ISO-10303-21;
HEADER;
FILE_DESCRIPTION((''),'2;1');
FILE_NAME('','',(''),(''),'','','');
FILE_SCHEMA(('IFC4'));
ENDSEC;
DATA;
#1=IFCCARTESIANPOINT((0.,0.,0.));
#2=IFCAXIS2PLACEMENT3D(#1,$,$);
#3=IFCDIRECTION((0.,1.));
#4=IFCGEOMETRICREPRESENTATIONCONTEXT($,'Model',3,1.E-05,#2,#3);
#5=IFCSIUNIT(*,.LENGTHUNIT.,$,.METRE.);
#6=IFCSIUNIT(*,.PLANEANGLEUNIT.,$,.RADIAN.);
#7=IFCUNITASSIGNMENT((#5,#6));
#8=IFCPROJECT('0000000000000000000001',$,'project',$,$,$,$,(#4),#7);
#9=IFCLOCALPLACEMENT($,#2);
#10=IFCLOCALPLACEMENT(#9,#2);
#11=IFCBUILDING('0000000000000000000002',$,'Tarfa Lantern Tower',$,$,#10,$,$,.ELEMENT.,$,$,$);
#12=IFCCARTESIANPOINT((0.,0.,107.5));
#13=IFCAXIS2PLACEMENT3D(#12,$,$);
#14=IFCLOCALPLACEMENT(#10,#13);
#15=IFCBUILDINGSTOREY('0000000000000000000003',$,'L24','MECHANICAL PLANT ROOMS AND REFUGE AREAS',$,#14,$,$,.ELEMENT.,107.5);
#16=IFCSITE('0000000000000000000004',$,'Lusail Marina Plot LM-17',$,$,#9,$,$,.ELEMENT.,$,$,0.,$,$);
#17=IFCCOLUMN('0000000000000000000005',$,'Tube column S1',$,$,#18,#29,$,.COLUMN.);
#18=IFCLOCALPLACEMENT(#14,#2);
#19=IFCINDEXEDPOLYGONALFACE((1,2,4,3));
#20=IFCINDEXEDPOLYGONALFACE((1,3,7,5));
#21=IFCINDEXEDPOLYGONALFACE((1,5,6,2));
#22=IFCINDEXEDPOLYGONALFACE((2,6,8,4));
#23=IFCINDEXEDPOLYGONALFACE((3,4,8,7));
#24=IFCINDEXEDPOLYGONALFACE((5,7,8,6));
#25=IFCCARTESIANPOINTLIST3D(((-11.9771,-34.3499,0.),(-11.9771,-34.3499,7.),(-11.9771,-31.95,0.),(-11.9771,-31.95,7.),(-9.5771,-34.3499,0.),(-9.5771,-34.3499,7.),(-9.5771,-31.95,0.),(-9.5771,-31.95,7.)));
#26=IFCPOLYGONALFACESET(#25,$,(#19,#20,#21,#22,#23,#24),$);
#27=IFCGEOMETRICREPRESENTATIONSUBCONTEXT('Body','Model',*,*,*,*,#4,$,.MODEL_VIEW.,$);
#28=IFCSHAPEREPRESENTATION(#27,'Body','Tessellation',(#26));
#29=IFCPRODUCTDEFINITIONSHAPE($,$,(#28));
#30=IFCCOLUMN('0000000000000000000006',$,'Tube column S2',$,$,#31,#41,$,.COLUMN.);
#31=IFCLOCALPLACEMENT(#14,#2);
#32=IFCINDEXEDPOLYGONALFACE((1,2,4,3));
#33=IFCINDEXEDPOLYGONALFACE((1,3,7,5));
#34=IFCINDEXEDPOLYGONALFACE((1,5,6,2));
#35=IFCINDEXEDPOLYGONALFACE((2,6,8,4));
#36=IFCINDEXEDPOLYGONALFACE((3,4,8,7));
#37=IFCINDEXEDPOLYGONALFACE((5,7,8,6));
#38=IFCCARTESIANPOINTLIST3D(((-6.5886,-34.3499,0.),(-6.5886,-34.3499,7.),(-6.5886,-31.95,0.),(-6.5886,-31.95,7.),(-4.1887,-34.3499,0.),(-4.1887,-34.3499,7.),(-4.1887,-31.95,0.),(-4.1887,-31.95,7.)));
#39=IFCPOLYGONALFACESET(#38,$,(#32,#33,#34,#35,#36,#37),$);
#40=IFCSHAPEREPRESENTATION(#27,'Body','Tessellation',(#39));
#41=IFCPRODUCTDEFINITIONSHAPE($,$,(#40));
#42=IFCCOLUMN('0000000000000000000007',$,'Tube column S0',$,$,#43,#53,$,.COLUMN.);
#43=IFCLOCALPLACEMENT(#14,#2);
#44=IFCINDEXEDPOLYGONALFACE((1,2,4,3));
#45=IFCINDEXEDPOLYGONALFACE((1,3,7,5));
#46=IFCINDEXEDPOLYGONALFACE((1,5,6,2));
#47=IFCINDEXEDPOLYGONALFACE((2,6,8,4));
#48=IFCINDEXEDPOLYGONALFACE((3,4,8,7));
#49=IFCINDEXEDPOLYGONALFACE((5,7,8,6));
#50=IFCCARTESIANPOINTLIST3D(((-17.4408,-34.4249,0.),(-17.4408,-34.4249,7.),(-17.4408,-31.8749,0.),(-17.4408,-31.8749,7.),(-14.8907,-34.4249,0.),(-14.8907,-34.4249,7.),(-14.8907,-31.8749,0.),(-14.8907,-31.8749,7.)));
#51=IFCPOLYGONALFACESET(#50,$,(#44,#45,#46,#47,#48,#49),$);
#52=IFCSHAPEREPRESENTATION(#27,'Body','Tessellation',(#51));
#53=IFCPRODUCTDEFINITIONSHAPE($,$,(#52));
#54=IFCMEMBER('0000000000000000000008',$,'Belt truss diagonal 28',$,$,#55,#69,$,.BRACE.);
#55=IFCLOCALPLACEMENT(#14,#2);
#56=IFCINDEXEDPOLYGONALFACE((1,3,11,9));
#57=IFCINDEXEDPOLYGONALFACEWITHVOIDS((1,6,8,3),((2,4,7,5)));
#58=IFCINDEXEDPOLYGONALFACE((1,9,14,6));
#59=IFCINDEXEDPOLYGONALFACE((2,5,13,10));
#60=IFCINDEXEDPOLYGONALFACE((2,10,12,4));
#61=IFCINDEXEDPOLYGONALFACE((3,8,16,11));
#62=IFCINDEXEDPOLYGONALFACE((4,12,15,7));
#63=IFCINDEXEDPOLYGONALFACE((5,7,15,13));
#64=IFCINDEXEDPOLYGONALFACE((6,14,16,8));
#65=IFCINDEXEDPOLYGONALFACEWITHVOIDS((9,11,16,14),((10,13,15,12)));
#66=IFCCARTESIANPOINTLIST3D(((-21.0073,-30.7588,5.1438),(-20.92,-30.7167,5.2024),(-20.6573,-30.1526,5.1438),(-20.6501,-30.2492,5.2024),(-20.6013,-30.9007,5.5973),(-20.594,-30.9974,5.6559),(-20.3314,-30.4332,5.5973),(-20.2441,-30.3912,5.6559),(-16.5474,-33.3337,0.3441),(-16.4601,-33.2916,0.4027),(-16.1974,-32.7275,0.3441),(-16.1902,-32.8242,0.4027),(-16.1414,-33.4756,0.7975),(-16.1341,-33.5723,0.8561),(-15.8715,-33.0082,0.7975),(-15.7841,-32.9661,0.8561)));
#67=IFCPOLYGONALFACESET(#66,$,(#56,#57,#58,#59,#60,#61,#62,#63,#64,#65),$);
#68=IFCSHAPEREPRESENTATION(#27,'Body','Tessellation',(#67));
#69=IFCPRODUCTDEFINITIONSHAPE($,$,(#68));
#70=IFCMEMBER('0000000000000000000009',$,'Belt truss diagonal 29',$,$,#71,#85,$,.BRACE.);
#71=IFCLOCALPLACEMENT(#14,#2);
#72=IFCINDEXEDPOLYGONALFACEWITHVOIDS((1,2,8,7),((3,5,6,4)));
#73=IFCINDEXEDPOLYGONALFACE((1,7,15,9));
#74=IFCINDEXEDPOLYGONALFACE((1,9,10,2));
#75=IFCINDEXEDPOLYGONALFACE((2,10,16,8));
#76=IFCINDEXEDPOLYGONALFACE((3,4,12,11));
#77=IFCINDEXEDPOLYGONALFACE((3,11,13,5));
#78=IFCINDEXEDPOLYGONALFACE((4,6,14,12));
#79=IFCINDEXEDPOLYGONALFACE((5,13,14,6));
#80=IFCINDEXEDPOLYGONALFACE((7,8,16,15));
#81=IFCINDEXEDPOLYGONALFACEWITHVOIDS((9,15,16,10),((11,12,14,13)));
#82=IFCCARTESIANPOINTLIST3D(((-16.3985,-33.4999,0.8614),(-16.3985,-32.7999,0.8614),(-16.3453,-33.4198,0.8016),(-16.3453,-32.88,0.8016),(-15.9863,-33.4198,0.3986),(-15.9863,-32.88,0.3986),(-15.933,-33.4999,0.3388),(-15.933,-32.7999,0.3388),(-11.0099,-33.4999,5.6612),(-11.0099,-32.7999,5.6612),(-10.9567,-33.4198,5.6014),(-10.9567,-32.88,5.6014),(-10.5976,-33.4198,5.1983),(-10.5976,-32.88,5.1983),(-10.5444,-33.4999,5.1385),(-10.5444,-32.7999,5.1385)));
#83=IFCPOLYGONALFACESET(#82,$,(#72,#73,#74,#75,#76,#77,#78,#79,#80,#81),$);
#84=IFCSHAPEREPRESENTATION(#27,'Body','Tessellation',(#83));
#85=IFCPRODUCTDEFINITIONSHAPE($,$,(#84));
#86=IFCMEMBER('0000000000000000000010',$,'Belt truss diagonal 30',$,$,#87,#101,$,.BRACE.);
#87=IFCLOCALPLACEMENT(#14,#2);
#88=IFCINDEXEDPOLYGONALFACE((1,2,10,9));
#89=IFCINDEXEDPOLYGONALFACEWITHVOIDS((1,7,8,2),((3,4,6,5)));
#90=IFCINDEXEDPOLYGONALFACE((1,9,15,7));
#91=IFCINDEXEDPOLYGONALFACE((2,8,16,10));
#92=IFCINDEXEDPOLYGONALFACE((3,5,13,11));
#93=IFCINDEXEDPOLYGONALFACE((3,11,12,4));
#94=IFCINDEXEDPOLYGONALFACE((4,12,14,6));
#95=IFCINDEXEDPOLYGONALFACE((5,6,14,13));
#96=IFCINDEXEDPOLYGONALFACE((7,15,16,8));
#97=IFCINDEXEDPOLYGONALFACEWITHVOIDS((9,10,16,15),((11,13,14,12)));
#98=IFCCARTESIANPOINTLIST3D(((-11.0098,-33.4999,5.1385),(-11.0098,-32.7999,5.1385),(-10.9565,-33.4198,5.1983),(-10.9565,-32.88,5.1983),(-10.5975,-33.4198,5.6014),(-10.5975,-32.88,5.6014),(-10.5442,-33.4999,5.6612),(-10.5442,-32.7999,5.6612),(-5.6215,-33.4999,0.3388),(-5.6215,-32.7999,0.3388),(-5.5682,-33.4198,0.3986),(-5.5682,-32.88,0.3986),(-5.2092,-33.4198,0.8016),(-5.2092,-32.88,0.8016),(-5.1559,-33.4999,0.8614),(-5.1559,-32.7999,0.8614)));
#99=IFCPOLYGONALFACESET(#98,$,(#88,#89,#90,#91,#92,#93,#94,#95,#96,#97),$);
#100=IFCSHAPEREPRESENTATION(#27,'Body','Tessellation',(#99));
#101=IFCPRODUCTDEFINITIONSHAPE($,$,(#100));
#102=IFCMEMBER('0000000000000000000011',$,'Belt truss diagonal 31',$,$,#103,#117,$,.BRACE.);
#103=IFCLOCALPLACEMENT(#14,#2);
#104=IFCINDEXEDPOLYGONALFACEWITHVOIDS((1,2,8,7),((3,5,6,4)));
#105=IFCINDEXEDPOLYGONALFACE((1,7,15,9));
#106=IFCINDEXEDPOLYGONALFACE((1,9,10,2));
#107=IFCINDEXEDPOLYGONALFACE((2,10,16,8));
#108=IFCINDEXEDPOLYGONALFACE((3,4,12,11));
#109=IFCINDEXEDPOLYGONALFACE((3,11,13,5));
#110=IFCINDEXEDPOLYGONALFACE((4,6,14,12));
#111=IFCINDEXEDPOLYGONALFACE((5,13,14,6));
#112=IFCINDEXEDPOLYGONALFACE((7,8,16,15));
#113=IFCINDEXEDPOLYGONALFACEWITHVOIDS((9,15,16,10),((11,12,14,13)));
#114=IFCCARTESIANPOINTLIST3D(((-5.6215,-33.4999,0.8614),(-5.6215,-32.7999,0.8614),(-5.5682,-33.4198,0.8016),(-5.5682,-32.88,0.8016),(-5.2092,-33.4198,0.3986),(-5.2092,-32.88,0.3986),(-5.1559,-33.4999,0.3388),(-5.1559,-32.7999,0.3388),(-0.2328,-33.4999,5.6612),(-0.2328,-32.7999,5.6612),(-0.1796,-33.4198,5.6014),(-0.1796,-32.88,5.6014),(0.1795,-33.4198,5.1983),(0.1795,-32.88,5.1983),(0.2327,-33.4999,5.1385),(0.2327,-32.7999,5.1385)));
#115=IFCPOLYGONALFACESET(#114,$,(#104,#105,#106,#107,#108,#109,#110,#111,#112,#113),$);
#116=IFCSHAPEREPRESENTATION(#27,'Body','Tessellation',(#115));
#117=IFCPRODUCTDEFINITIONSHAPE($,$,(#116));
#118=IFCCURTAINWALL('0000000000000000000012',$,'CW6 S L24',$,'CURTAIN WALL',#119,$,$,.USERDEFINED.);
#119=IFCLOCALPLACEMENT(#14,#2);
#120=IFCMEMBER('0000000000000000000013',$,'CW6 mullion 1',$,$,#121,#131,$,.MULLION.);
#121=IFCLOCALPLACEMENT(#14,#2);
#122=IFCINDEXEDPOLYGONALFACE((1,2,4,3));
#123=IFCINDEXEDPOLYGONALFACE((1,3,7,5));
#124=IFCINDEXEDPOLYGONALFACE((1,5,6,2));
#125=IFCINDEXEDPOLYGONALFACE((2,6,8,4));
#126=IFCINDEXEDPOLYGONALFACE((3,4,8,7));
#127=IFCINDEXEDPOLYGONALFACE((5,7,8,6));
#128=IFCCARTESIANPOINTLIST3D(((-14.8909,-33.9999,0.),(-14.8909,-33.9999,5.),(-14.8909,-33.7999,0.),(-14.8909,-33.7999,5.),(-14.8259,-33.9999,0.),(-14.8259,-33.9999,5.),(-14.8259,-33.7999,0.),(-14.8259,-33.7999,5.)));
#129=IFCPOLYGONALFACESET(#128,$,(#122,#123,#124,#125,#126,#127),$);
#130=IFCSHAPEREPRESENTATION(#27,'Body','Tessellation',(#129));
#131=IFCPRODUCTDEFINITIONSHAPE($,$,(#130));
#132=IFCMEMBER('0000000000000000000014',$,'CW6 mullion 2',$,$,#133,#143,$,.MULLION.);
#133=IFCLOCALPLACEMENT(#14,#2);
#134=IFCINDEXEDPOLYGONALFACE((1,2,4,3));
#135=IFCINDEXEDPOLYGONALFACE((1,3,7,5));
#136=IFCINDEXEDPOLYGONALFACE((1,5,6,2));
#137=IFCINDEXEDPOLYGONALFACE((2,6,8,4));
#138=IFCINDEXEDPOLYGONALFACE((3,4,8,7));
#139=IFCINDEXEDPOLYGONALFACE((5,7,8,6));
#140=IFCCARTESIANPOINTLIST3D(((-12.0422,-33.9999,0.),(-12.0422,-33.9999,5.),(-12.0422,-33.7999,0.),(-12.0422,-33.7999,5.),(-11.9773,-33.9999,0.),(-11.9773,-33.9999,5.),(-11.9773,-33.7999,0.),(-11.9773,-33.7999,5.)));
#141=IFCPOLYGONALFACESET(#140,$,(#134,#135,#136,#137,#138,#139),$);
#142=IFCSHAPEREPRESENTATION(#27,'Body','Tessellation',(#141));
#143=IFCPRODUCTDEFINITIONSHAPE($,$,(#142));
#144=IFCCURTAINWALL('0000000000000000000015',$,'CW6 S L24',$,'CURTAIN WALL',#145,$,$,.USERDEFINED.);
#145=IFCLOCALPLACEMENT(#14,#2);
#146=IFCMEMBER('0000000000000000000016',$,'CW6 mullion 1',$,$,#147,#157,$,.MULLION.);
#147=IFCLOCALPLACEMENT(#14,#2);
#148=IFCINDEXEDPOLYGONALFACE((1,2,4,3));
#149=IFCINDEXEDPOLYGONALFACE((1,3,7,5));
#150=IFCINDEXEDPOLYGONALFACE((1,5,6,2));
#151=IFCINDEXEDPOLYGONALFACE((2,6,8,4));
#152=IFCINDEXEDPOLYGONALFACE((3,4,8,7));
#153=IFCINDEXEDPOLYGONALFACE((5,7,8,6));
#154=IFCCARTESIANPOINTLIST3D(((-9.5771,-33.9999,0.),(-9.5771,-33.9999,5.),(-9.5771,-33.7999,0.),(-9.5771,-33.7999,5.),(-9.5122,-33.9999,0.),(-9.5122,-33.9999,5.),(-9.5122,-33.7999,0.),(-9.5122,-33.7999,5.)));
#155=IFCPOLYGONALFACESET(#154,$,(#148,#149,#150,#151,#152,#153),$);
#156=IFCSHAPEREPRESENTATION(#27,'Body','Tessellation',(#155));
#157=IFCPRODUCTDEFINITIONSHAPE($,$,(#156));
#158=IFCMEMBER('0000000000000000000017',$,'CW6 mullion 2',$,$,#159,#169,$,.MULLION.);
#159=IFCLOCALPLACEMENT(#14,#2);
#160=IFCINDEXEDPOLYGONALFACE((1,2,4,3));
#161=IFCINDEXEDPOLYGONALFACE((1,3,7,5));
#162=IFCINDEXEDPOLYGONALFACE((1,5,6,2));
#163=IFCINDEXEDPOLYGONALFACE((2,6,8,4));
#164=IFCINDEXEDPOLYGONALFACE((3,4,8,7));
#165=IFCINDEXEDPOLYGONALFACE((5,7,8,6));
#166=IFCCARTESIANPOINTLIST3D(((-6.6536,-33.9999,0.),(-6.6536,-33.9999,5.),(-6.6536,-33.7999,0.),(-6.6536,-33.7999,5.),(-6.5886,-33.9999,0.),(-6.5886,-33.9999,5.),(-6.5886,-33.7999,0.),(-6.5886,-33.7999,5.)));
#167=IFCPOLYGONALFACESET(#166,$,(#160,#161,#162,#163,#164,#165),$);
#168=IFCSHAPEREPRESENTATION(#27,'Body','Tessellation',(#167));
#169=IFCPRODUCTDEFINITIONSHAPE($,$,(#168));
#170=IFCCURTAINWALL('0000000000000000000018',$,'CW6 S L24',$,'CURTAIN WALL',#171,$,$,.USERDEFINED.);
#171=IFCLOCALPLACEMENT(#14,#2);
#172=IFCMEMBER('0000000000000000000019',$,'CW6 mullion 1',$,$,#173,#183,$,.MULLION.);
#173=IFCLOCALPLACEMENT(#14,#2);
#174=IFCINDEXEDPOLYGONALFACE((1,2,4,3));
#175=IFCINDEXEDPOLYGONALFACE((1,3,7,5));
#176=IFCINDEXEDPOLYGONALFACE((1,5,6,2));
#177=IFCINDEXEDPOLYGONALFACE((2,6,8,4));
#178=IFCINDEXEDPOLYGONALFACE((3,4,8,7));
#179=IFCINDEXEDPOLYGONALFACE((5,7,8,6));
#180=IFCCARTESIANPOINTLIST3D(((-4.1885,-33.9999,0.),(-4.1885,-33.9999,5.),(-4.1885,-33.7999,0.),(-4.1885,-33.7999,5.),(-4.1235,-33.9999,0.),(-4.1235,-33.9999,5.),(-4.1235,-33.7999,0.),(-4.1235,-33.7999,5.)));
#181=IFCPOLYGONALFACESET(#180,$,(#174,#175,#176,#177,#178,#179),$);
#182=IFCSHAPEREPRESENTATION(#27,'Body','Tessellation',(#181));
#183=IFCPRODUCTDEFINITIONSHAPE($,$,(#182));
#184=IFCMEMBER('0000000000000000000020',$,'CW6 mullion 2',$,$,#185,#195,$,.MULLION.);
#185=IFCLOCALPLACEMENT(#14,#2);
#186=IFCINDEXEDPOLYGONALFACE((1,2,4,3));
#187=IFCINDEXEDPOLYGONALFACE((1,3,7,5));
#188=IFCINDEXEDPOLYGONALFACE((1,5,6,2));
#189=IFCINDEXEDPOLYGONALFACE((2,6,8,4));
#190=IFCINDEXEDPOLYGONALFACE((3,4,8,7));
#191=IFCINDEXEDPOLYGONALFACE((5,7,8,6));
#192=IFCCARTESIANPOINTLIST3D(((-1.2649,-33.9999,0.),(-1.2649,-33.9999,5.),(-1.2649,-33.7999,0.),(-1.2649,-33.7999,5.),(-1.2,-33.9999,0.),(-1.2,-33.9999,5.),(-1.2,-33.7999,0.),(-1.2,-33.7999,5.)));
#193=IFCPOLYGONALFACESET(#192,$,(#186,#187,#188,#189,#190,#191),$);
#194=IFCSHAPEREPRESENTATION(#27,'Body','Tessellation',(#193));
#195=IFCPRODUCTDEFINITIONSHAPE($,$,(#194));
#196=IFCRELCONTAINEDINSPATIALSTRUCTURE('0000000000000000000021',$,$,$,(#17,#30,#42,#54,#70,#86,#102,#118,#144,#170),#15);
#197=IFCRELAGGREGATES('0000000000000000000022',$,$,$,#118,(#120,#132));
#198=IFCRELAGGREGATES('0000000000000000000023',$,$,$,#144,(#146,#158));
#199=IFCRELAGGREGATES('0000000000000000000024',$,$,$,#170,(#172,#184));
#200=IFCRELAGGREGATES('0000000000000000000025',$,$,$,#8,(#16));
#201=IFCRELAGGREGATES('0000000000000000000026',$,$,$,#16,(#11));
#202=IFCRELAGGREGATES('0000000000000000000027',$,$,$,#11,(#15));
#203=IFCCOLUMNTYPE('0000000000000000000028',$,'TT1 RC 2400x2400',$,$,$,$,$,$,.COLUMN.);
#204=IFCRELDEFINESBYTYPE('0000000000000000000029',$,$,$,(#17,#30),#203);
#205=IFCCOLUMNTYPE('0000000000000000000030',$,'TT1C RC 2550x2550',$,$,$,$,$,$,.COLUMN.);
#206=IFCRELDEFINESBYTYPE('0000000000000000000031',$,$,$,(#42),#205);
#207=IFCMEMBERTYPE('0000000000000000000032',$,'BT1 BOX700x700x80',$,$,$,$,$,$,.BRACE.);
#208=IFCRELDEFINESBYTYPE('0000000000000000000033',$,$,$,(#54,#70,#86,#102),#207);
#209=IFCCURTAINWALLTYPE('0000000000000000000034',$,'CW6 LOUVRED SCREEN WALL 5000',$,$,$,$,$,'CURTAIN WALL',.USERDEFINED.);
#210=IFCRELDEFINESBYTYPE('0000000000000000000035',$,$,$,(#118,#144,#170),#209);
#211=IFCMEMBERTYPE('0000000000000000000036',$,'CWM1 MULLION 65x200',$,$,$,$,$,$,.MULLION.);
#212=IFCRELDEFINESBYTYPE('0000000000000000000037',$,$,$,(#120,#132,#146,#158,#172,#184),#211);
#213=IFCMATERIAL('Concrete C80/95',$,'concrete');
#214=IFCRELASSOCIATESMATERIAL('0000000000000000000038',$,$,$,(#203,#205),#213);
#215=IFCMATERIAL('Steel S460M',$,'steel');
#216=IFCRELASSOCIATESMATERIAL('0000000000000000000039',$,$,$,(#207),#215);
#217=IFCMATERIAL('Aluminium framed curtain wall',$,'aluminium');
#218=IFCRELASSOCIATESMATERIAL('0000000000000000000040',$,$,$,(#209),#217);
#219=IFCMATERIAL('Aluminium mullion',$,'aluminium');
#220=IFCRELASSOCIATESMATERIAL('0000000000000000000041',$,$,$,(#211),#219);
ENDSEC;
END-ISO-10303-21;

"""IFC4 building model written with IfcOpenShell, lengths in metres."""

from ifc_helpers import new_model, si_unit, direction, frame, origin, origin_2d, place, context, subcontext, project, spatial, rectangle, hollow_rectangle, extrude, material, material_profile, profile_set, type_object, element, aggregate, save


model = new_model("IFC4")

# Units and contexts
model_context = context("Model", 3, precision=1e-05, world=origin(), true_north=direction((0.0, 1.0)))
body_context = subcontext(model_context, "Body", "Model", "MODEL_VIEW")
ifc_project = project(units=[si_unit("LENGTHUNIT", "METRE"), si_unit("PLANEANGLEUNIT", "RADIAN")], contexts=[model_context])

# Site, building, storey
site_placement = place(None, origin())
site = spatial("IfcSite", under=ifc_project, at=site_placement, Name="Lusail Marina Plot LM-17", CompositionType="ELEMENT", RefElevation=0.0)
building_placement = place(site_placement, origin())
building = spatial("IfcBuilding", under=site, at=building_placement, Name="Tarfa Lantern Tower", CompositionType="ELEMENT")
storey_placement = place(building_placement, frame((0.0, 0.0, 107.5)))
storey = spatial("IfcBuildingStorey", under=building, at=storey_placement, Name="L24", Description="MECHANICAL PLANT ROOMS AND REFUGE AREAS", CompositionType="ELEMENT", Elevation=107.5)

# Columns
ifc_material_1 = material(Name="Concrete C80/95", Category="concrete")
ifc_material_profile_1 = material_profile(ifc_material_1, rectangle(XDim=2.3999, YDim=2.3999, at=origin_2d()), Name="RC 2400x2400")
ifc_profile_set_1 = profile_set([ifc_material_profile_1], Name="Concrete C80/95")
column_type_1 = type_object("IfcColumnType", Name="TT1 RC 2400x2400", PredefinedType="COLUMN", material=ifc_profile_set_1)
for number, where, z_axis, x_axis, name in (
    (1, (-10.7771, -33.1499, 0.0), (0.0, 0.0, 1.0), (1.0, 0.0, 0.0), "Tube column S1"),
    (2, (-5.3887, -33.1499, 0.0), (0.0, 0.0, 1.0), (1.0, 0.0, 0.0), "Tube column S2"),
):
    element("IfcColumn", number, at=place(storey_placement, frame(where, z_axis=z_axis, x_axis=x_axis)), inside=storey, type_object=column_type_1, Name=name, PredefinedType="COLUMN", context=body_context, shape_type="SweptSolid", body=[
        extrude(rectangle(XDim=2.3999, YDim=2.3999, at=origin_2d()), origin(), (0.0, 0.0, 1.0), 7.0),
    ])
ifc_material_profile_2 = material_profile(ifc_material_1, rectangle(XDim=2.55, YDim=2.55, at=origin_2d()), Name="RC 2550x2550")
ifc_profile_set_2 = profile_set([ifc_material_profile_2], Name="Concrete C80/95")
column_type_2 = type_object("IfcColumnType", Name="TT1C RC 2550x2550", PredefinedType="COLUMN", material=ifc_profile_set_2)
column_placement = place(storey_placement, frame((-16.1658, -33.1499, 0.0), z_axis=(0.0, 0.0, 1.0), x_axis=(1.0, 0.0, 0.0)))
element("IfcColumn", 3, at=column_placement, inside=storey, type_object=column_type_2, Name="Tube column S0", PredefinedType="COLUMN", context=body_context, shape_type="SweptSolid", body=[
    extrude(rectangle(XDim=2.55, YDim=2.55, at=origin_2d()), origin(), (0.0, 0.0, 1.0), 7.0),
])

# Members
ifc_material_2 = material(Name="Steel S460M", Category="steel")
ifc_material_profile_3 = material_profile(ifc_material_2, hollow_rectangle(XDim=0.7, YDim=0.7, WallThickness=0.0801, at=origin_2d()), Name="BOX700x700x80")
ifc_profile_set_3 = profile_set([ifc_material_profile_3], Name="Steel S460M")
member_type_1 = type_object("IfcMemberType", Name="BT1 BOX700x700x80", PredefinedType="BRACE", material=ifc_profile_set_3)
member_1_placement = place(storey_placement, frame((-16.1658, -33.1499, 0.6001), z_axis=(-0.633529, 0.365767, 0.681803), x_axis=(-0.499999, -0.866026, 0.0)))
element("IfcMember", 4, at=member_1_placement, inside=storey, type_object=member_type_1, Name="Belt truss diagonal 28", PredefinedType="BRACE", context=body_context, shape_type="SweptSolid", body=[
    extrude(hollow_rectangle(XDim=0.7, YDim=0.7, WallThickness=0.0801, at=origin_2d()), origin(), (0.0, 0.0, 1.0), 7.0398),
])
member_2_placement = place(storey_placement, frame((-16.1658, -33.1499, 0.6001), z_axis=(0.746729, 0.0, 0.665128), x_axis=(0.0, 1.0, 0.0)))
element("IfcMember", 5, at=member_2_placement, inside=storey, type_object=member_type_1, Name="Belt truss diagonal 29", PredefinedType="BRACE", context=body_context, shape_type="SweptSolid", body=[
    extrude(hollow_rectangle(XDim=0.7, YDim=0.7, WallThickness=0.0801, at=origin_2d()), origin(), (0.0, 0.0, 1.0), 7.2163),
])
member_3_placement = place(storey_placement, frame((-5.3887, -33.1499, 0.6001), z_axis=(-0.746715, 0.0, 0.665145), x_axis=(0.0, -1.0, 0.0)))
element("IfcMember", 6, at=member_3_placement, inside=storey, type_object=member_type_1, Name="Belt truss diagonal 30", PredefinedType="BRACE", context=body_context, shape_type="SweptSolid", body=[
    extrude(hollow_rectangle(XDim=0.7, YDim=0.7, WallThickness=0.0801, at=origin_2d()), origin(), (0.0, 0.0, 1.0), 7.2161),
])
member_4_placement = place(storey_placement, frame((-5.3887, -33.1499, 0.6001), z_axis=(0.746729, 0.0, 0.665128), x_axis=(0.0, 1.0, 0.0)))
element("IfcMember", 7, at=member_4_placement, inside=storey, type_object=member_type_1, Name="Belt truss diagonal 31", PredefinedType="BRACE", context=body_context, shape_type="SweptSolid", body=[
    extrude(hollow_rectangle(XDim=0.7, YDim=0.7, WallThickness=0.0801, at=origin_2d()), origin(), (0.0, 0.0, 1.0), 7.2163),
])

# Curtain walls, members
ifc_material_3 = material(Name="Aluminium framed curtain wall", Category="aluminium")
curtain_wall_type = type_object("IfcCurtainWallType", Name="CW6 LOUVRED SCREEN WALL 5000", ElementType="CURTAIN WALL", PredefinedType="USERDEFINED", material=ifc_material_3)
curtain_wall_1_placement = place(storey_placement, origin())
curtain_wall_1 = element("IfcCurtainWall", 8, at=curtain_wall_1_placement, inside=storey, type_object=curtain_wall_type, Name="CW6 S L24", ObjectType="CURTAIN WALL", PredefinedType="USERDEFINED")
ifc_material_4 = material(Name="Aluminium mullion", Category="aluminium")
ifc_material_profile_4 = material_profile(ifc_material_4, rectangle(XDim=0.0649, YDim=0.2, at=origin_2d()), Name="AL MULLION 65x200")
ifc_profile_set_4 = profile_set([ifc_material_profile_4], Name="Aluminium mullion")
member_type_2 = type_object("IfcMemberType", Name="CWM1 MULLION 65x200", PredefinedType="MULLION", material=ifc_profile_set_4)
member_5_placement = place(storey_placement, frame((-14.8584, -33.8999, 0.0), z_axis=(0.0, 0.0, 1.0), x_axis=(1.0, 0.0, 0.0)))
member_5 = element("IfcMember", 9, at=member_5_placement, type_object=member_type_2, Name="CW6 mullion 1", PredefinedType="MULLION", context=body_context, shape_type="SweptSolid", body=[
    extrude(rectangle(XDim=0.0649, YDim=0.2, at=origin_2d()), origin(), (0.0, 0.0, 1.0), 5.0),
])
member_6_placement = place(storey_placement, frame((-12.0098, -33.8999, 0.0), z_axis=(0.0, 0.0, 1.0), x_axis=(1.0, 0.0, 0.0)))
member_6 = element("IfcMember", 10, at=member_6_placement, type_object=member_type_2, Name="CW6 mullion 2", PredefinedType="MULLION", context=body_context, shape_type="SweptSolid", body=[
    extrude(rectangle(XDim=0.0649, YDim=0.2, at=origin_2d()), origin(), (0.0, 0.0, 1.0), 5.0),
])
curtain_wall_2_placement = place(storey_placement, origin())
curtain_wall_2 = element("IfcCurtainWall", 11, at=curtain_wall_2_placement, inside=storey, type_object=curtain_wall_type, Name="CW6 S L24", ObjectType="CURTAIN WALL", PredefinedType="USERDEFINED")
member_7_placement = place(storey_placement, frame((-9.5447, -33.8999, 0.0), z_axis=(0.0, 0.0, 1.0), x_axis=(1.0, 0.0, 0.0)))
member_7 = element("IfcMember", 12, at=member_7_placement, type_object=member_type_2, Name="CW6 mullion 1", PredefinedType="MULLION", context=body_context, shape_type="SweptSolid", body=[
    extrude(rectangle(XDim=0.0649, YDim=0.2, at=origin_2d()), origin(), (0.0, 0.0, 1.0), 5.0),
])
member_8_placement = place(storey_placement, frame((-6.6211, -33.8999, 0.0), z_axis=(0.0, 0.0, 1.0), x_axis=(1.0, 0.0, 0.0)))
member_8 = element("IfcMember", 13, at=member_8_placement, type_object=member_type_2, Name="CW6 mullion 2", PredefinedType="MULLION", context=body_context, shape_type="SweptSolid", body=[
    extrude(rectangle(XDim=0.0649, YDim=0.2, at=origin_2d()), origin(), (0.0, 0.0, 1.0), 5.0),
])
curtain_wall_3_placement = place(storey_placement, origin())
curtain_wall_3 = element("IfcCurtainWall", 14, at=curtain_wall_3_placement, inside=storey, type_object=curtain_wall_type, Name="CW6 S L24", ObjectType="CURTAIN WALL", PredefinedType="USERDEFINED")
member_9_placement = place(storey_placement, frame((-4.156, -33.8999, 0.0), z_axis=(0.0, 0.0, 1.0), x_axis=(1.0, 0.0, 0.0)))
member_9 = element("IfcMember", 15, at=member_9_placement, type_object=member_type_2, Name="CW6 mullion 1", PredefinedType="MULLION", context=body_context, shape_type="SweptSolid", body=[
    extrude(rectangle(XDim=0.0649, YDim=0.2, at=origin_2d()), origin(), (0.0, 0.0, 1.0), 5.0),
])
member_10_placement = place(storey_placement, frame((-1.2324, -33.8999, 0.0), z_axis=(0.0, 0.0, 1.0), x_axis=(1.0, 0.0, 0.0)))
member_10 = element("IfcMember", 16, at=member_10_placement, type_object=member_type_2, Name="CW6 mullion 2", PredefinedType="MULLION", context=body_context, shape_type="SweptSolid", body=[
    extrude(rectangle(XDim=0.0649, YDim=0.2, at=origin_2d()), origin(), (0.0, 0.0, 1.0), 5.0),
])

aggregate(curtain_wall_1, [member_5, member_6])
aggregate(curtain_wall_2, [member_7, member_8])
aggregate(curtain_wall_3, [member_9, member_10])

save(model, "model.ifc")
